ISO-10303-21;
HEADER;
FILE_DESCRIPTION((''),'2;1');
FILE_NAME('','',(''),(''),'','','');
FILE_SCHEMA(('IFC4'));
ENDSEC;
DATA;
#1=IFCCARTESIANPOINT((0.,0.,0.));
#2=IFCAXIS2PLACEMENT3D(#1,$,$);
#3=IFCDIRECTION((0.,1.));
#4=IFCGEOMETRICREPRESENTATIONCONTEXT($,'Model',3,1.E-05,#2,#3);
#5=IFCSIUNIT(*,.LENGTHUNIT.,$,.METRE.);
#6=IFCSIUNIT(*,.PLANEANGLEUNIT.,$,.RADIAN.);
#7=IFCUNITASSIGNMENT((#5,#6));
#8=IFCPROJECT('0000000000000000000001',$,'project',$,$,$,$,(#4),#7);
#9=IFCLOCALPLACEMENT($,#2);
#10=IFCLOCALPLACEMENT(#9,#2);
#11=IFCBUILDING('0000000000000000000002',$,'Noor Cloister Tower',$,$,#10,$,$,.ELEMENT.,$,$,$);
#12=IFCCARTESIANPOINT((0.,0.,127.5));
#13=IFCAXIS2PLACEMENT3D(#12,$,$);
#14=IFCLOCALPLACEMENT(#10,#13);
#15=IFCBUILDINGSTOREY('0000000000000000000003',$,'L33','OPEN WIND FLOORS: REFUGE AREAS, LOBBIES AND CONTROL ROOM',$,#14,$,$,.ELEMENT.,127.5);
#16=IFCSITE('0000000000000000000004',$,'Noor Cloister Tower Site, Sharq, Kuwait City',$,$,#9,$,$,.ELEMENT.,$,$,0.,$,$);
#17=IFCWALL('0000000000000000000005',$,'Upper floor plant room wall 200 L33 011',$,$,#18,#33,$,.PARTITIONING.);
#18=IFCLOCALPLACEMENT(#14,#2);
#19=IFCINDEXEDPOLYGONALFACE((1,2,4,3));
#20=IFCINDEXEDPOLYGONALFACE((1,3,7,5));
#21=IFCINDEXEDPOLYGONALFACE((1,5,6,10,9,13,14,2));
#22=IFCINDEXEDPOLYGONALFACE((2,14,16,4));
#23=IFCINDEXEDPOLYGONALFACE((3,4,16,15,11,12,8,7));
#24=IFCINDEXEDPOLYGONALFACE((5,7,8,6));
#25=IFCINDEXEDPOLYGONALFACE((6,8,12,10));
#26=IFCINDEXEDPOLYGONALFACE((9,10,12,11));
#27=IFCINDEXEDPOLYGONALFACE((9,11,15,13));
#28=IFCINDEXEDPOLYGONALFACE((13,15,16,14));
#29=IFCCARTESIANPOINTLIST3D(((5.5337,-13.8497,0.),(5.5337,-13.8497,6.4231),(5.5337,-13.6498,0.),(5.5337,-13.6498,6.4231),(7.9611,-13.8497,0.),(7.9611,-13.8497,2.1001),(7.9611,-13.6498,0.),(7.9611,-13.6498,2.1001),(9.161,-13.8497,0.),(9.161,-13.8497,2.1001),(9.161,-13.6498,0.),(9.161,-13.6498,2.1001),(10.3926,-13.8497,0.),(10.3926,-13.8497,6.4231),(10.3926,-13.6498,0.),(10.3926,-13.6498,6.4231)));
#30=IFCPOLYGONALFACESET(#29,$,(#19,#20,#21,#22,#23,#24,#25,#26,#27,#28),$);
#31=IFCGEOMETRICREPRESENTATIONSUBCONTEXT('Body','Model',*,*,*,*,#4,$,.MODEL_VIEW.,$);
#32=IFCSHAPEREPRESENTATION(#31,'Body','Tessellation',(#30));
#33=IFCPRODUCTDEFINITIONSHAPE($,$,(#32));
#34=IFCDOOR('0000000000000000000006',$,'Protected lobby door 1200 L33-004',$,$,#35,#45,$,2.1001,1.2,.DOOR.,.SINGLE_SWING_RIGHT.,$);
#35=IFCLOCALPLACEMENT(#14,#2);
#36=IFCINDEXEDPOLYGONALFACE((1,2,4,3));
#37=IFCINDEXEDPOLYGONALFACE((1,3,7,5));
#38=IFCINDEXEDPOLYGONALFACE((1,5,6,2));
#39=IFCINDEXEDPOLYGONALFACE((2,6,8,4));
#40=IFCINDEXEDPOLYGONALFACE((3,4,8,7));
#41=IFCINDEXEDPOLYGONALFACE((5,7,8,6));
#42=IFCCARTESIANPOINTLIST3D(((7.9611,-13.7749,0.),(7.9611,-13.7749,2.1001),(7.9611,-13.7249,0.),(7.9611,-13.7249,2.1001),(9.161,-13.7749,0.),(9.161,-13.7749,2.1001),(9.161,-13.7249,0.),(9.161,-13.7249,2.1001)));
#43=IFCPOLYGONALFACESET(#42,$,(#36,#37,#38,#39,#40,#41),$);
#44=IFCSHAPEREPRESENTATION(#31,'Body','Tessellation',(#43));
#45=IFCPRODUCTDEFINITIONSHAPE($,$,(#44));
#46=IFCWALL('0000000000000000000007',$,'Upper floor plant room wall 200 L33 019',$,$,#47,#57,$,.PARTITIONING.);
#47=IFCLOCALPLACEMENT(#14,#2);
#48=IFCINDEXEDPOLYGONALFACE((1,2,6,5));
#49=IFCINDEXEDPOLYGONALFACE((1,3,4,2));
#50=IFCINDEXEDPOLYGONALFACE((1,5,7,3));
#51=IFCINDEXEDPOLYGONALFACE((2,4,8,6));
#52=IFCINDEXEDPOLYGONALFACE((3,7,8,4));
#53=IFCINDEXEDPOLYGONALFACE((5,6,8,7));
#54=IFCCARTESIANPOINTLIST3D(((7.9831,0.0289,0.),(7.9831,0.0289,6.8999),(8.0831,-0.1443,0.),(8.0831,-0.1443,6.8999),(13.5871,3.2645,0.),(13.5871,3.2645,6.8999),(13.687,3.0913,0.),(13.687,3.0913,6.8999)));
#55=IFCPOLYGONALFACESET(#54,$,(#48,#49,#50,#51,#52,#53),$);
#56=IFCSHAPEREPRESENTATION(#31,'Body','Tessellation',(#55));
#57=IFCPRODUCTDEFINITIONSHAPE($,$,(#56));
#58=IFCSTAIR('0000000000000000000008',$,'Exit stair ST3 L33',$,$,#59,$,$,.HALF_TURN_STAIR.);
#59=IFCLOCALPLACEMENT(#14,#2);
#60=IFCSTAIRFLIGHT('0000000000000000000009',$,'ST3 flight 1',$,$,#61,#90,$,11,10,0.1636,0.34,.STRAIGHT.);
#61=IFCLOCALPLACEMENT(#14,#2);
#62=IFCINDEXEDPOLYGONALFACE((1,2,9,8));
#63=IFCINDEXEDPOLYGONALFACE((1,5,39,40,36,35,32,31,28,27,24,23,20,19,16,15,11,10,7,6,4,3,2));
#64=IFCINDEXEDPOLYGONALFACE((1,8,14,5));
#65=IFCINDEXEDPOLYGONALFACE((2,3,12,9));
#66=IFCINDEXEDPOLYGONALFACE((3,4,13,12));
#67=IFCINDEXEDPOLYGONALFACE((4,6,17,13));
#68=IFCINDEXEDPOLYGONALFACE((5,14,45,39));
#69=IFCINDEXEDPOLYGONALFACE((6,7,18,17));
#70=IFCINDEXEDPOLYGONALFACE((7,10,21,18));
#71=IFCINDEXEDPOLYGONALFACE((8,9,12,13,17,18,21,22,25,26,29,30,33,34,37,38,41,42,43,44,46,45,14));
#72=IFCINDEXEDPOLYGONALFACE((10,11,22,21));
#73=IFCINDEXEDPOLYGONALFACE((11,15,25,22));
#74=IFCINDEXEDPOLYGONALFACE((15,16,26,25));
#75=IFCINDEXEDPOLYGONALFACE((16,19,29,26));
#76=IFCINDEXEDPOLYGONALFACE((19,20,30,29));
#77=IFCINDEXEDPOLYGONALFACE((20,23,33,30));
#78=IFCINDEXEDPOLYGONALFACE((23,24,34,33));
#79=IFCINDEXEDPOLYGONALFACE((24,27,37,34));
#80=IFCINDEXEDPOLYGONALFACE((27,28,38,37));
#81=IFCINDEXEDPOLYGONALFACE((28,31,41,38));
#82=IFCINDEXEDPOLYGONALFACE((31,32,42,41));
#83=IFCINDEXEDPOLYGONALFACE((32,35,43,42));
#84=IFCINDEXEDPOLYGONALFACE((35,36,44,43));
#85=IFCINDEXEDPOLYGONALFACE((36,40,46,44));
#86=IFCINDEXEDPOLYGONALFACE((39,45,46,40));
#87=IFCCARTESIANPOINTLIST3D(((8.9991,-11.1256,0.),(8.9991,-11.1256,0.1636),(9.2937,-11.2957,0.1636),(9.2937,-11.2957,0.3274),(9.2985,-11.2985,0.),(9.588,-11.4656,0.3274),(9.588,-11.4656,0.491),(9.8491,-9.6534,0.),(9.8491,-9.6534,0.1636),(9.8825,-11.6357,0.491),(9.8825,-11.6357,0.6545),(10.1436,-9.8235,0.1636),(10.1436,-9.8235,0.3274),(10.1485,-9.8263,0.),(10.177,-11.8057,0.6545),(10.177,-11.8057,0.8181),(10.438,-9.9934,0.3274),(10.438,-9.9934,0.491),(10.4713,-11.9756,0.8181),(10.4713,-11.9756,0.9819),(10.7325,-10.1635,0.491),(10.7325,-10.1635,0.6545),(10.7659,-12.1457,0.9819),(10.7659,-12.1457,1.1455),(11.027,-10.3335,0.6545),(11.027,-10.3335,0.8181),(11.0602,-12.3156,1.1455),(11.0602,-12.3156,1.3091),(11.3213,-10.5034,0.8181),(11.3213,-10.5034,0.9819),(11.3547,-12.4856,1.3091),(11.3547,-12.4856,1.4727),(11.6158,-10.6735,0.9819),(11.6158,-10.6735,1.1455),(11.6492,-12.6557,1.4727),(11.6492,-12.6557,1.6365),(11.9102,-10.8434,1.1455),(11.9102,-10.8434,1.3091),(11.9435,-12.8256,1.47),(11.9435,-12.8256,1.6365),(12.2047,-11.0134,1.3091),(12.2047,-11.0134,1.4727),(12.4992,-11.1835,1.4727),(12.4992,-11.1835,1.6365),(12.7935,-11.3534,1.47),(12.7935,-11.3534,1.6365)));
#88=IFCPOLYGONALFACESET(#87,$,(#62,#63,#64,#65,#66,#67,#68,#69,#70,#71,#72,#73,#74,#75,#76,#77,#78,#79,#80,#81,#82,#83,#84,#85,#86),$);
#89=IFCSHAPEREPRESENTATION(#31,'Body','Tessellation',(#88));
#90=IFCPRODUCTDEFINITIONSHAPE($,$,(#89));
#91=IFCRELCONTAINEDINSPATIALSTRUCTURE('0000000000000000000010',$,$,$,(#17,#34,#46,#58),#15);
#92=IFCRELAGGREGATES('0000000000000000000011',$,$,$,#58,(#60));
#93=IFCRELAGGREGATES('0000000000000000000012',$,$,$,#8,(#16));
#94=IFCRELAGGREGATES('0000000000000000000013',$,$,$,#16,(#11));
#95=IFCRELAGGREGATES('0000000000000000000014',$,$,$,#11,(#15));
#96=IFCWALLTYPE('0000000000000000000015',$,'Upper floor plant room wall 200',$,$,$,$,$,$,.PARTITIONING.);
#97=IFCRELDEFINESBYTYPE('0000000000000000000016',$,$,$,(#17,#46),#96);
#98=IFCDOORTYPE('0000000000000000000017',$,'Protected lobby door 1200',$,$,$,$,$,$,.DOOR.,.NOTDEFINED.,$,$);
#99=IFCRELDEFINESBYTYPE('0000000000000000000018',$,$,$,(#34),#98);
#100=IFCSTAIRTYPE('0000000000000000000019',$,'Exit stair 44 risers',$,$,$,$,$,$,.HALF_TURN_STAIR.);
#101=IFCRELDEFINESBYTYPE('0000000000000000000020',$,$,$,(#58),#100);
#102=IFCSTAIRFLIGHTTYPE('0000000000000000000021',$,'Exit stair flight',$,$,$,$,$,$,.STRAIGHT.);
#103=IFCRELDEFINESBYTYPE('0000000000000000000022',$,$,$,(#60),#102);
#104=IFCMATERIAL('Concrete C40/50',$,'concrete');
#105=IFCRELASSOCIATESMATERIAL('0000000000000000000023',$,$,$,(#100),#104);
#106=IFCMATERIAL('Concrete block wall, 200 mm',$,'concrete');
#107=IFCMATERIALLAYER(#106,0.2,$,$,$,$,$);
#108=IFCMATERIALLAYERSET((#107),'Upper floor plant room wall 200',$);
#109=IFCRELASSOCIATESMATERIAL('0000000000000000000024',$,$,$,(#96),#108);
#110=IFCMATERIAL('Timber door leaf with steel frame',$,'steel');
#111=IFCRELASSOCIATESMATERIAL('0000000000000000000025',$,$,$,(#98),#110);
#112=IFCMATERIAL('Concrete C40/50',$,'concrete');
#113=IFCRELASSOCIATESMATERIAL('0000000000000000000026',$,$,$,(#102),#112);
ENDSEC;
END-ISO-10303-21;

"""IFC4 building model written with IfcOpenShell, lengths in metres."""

from ifc_helpers import new_model, si_unit, direction, frame, frame_2d, origin, place, context, subcontext, project, spatial, polyline, rectangle, outline, extrude, material, layer, layer_set, type_object, element, fill, aggregate, save


model = new_model("IFC4")

# Units and contexts
model_context = context("Model", 3, precision=1e-05, world=origin(), true_north=direction((0.0, 1.0)))
body_context = subcontext(model_context, "Body", "Model", "MODEL_VIEW")
ifc_project = project(units=[si_unit("LENGTHUNIT", "METRE"), si_unit("PLANEANGLEUNIT", "RADIAN")], contexts=[model_context])

# Site, building, storey
site_placement = place(None, origin())
site = spatial("IfcSite", under=ifc_project, at=site_placement, Name="Noor Cloister Tower Site, Sharq, Kuwait City", CompositionType="ELEMENT", RefElevation=0.0)
building_placement = place(site_placement, origin())
building = spatial("IfcBuilding", under=site, at=building_placement, Name="Noor Cloister Tower", CompositionType="ELEMENT")
storey_placement = place(building_placement, frame((0.0, 0.0, 127.5)))
storey = spatial("IfcBuildingStorey", under=building, at=storey_placement, Name="L33", Description="OPEN WIND FLOORS: REFUGE AREAS, LOBBIES AND CONTROL ROOM", CompositionType="ELEMENT", Elevation=127.5)

# Shared definitions
ifc_material_1 = material(Name="Concrete C40/50", Category="concrete")
stair_type = type_object("IfcStairType", Name="Exit stair 44 risers", PredefinedType="HALF_TURN_STAIR", material=ifc_material_1)

# Wall, opening, door
ifc_material_2 = material(Name="Concrete block wall, 200 mm", Category="concrete")
ifc_layer_1 = layer(ifc_material_2, 0.2)
ifc_layer_set_1 = layer_set([ifc_layer_1], Name="Upper floor plant room wall 200")
wall_type_1 = type_object("IfcWallType", Name="Upper floor plant room wall 200", PredefinedType="PARTITIONING", material=ifc_layer_set_1)
ifc_material_3 = material(Name="Timber door leaf with steel frame", Category="steel")
door_type_1 = type_object("IfcDoorType", Name="Protected lobby door 1200", OperationType="NOTDEFINED", PredefinedType="DOOR", material=ifc_material_3)
wall_1_placement = place(storey_placement, frame((5.5337, -13.7498, 0.0), z_axis=(0.0, 0.0, 1.0), x_axis=(1.0, 0.0, 0.0)))
wall_1 = element("IfcWall", 1, at=wall_1_placement, inside=storey, type_object=wall_type_1, Name="Upper floor plant room wall 200 L33 011", PredefinedType="PARTITIONING", context=body_context, shape_type="SweptSolid", body=[
    extrude(rectangle(XDim=4.8589, YDim=0.2, at=frame_2d((2.4294, 0.0))), origin(), (0.0, 0.0, 1.0), 6.4231),
])
opening_1_placement = place(wall_1_placement, frame((2.4272, 0.0, 0.0)))
opening_1 = element("IfcOpeningElement", 2, at=opening_1_placement, cuts=wall_1, PredefinedType="OPENING", context=body_context, shape_type="SweptSolid", body=[
    extrude(rectangle(XDim=1.2, YDim=2.1001, at=frame_2d((0.6001, 1.05))), frame((0.0, 0.1099, 0.0), z_axis=(0.0, -1.0, 0.0), x_axis=(1.0, 0.0, 0.0)), (0.0, 0.0, 1.0), 0.22),
])
door_1_placement = place(opening_1_placement, origin())
door_1 = element("IfcDoor", 3, at=door_1_placement, inside=storey, type_object=door_type_1, Name="Protected lobby door 1200 L33-004", OperationType="SINGLE_SWING_RIGHT", OverallHeight=2.1001, OverallWidth=1.2, PredefinedType="DOOR", context=body_context, shape_type="SweptSolid", body=[
    extrude(rectangle(XDim=1.2, YDim=2.1001, at=frame_2d((0.6001, 1.05))), frame((0.0, 0.0249, 0.0), z_axis=(0.0, -1.0, 0.0), x_axis=(1.0, 0.0, 0.0)), (0.0, 0.0, 1.0), 0.05),
])
fill(opening_1, door_1)

# Wall
wall_2_placement = place(storey_placement, frame((8.0332, -0.0576, 0.0), z_axis=(0.0, 0.0, 1.0), x_axis=(0.866017, 0.500014, 0.0)))
element("IfcWall", 4, at=wall_2_placement, inside=storey, type_object=wall_type_1, Name="Upper floor plant room wall 200 L33 019", PredefinedType="PARTITIONING", context=body_context, shape_type="SweptSolid", body=[
    extrude(rectangle(XDim=6.4709, YDim=0.2, at=frame_2d((3.2354, 0.0))), origin(), (0.0, 0.0, 1.0), 6.8999),
])

# Stair, stair flight
stair_1_placement = place(storey_placement, origin())
stair_1 = element("IfcStair", 5, at=stair_1_placement, inside=storey, type_object=stair_type, Name="Exit stair ST3 L33", PredefinedType="HALF_TURN_STAIR")
ifc_material_4 = material(Name="Concrete C40/50", Category="concrete")
stair_flight_type = type_object("IfcStairFlightType", Name="Exit stair flight", PredefinedType="STRAIGHT", material=ifc_material_4)
stair_flight_placement = place(storey_placement, frame((9.4241, -10.3896, 0.0), z_axis=(0.0, 0.0, 1.0), x_axis=(0.866025, -0.5, 0.0)))
stair_flight = element("IfcStairFlight", 6, at=stair_flight_placement, type_object=stair_flight_type, Name="ST3 flight 1", NumberOfRisers=11, NumberOfTreads=10, PredefinedType="STRAIGHT", RiserHeight=0.1636, TreadLength=0.34, context=body_context, shape_type="SweptSolid", body=[
    extrude(outline(polyline([(0.0, 0.0), (0.0, 0.1636), (0.3401, 0.1636), (0.3401, 0.3274), (0.6799, 0.3274), (0.6799, 0.491), (1.02, 0.491), (1.02, 0.6545), (1.3601, 0.6545), (1.3601, 0.8181), (1.7, 0.8181), (1.7, 0.9819), (2.04, 0.9819), (2.04, 1.1455), (2.3799, 1.1455), (2.3799, 1.3091), (2.72, 1.3091), (2.72, 1.4727), (3.0601, 1.4727), (3.0601, 1.6365), (3.3999, 1.6365), (3.3999, 1.8), (3.3999, 1.47), (0.3457, 0.0), (0.0, 0.0)])), frame((0.0, 0.8501, 0.0), z_axis=(0.0, -1.0, 0.0), x_axis=(1.0, 0.0, 0.0)), (0.0, 0.0, 1.0), 1.7),
])
aggregate(stair_1, [stair_flight])

save(model, "model.ifc")
